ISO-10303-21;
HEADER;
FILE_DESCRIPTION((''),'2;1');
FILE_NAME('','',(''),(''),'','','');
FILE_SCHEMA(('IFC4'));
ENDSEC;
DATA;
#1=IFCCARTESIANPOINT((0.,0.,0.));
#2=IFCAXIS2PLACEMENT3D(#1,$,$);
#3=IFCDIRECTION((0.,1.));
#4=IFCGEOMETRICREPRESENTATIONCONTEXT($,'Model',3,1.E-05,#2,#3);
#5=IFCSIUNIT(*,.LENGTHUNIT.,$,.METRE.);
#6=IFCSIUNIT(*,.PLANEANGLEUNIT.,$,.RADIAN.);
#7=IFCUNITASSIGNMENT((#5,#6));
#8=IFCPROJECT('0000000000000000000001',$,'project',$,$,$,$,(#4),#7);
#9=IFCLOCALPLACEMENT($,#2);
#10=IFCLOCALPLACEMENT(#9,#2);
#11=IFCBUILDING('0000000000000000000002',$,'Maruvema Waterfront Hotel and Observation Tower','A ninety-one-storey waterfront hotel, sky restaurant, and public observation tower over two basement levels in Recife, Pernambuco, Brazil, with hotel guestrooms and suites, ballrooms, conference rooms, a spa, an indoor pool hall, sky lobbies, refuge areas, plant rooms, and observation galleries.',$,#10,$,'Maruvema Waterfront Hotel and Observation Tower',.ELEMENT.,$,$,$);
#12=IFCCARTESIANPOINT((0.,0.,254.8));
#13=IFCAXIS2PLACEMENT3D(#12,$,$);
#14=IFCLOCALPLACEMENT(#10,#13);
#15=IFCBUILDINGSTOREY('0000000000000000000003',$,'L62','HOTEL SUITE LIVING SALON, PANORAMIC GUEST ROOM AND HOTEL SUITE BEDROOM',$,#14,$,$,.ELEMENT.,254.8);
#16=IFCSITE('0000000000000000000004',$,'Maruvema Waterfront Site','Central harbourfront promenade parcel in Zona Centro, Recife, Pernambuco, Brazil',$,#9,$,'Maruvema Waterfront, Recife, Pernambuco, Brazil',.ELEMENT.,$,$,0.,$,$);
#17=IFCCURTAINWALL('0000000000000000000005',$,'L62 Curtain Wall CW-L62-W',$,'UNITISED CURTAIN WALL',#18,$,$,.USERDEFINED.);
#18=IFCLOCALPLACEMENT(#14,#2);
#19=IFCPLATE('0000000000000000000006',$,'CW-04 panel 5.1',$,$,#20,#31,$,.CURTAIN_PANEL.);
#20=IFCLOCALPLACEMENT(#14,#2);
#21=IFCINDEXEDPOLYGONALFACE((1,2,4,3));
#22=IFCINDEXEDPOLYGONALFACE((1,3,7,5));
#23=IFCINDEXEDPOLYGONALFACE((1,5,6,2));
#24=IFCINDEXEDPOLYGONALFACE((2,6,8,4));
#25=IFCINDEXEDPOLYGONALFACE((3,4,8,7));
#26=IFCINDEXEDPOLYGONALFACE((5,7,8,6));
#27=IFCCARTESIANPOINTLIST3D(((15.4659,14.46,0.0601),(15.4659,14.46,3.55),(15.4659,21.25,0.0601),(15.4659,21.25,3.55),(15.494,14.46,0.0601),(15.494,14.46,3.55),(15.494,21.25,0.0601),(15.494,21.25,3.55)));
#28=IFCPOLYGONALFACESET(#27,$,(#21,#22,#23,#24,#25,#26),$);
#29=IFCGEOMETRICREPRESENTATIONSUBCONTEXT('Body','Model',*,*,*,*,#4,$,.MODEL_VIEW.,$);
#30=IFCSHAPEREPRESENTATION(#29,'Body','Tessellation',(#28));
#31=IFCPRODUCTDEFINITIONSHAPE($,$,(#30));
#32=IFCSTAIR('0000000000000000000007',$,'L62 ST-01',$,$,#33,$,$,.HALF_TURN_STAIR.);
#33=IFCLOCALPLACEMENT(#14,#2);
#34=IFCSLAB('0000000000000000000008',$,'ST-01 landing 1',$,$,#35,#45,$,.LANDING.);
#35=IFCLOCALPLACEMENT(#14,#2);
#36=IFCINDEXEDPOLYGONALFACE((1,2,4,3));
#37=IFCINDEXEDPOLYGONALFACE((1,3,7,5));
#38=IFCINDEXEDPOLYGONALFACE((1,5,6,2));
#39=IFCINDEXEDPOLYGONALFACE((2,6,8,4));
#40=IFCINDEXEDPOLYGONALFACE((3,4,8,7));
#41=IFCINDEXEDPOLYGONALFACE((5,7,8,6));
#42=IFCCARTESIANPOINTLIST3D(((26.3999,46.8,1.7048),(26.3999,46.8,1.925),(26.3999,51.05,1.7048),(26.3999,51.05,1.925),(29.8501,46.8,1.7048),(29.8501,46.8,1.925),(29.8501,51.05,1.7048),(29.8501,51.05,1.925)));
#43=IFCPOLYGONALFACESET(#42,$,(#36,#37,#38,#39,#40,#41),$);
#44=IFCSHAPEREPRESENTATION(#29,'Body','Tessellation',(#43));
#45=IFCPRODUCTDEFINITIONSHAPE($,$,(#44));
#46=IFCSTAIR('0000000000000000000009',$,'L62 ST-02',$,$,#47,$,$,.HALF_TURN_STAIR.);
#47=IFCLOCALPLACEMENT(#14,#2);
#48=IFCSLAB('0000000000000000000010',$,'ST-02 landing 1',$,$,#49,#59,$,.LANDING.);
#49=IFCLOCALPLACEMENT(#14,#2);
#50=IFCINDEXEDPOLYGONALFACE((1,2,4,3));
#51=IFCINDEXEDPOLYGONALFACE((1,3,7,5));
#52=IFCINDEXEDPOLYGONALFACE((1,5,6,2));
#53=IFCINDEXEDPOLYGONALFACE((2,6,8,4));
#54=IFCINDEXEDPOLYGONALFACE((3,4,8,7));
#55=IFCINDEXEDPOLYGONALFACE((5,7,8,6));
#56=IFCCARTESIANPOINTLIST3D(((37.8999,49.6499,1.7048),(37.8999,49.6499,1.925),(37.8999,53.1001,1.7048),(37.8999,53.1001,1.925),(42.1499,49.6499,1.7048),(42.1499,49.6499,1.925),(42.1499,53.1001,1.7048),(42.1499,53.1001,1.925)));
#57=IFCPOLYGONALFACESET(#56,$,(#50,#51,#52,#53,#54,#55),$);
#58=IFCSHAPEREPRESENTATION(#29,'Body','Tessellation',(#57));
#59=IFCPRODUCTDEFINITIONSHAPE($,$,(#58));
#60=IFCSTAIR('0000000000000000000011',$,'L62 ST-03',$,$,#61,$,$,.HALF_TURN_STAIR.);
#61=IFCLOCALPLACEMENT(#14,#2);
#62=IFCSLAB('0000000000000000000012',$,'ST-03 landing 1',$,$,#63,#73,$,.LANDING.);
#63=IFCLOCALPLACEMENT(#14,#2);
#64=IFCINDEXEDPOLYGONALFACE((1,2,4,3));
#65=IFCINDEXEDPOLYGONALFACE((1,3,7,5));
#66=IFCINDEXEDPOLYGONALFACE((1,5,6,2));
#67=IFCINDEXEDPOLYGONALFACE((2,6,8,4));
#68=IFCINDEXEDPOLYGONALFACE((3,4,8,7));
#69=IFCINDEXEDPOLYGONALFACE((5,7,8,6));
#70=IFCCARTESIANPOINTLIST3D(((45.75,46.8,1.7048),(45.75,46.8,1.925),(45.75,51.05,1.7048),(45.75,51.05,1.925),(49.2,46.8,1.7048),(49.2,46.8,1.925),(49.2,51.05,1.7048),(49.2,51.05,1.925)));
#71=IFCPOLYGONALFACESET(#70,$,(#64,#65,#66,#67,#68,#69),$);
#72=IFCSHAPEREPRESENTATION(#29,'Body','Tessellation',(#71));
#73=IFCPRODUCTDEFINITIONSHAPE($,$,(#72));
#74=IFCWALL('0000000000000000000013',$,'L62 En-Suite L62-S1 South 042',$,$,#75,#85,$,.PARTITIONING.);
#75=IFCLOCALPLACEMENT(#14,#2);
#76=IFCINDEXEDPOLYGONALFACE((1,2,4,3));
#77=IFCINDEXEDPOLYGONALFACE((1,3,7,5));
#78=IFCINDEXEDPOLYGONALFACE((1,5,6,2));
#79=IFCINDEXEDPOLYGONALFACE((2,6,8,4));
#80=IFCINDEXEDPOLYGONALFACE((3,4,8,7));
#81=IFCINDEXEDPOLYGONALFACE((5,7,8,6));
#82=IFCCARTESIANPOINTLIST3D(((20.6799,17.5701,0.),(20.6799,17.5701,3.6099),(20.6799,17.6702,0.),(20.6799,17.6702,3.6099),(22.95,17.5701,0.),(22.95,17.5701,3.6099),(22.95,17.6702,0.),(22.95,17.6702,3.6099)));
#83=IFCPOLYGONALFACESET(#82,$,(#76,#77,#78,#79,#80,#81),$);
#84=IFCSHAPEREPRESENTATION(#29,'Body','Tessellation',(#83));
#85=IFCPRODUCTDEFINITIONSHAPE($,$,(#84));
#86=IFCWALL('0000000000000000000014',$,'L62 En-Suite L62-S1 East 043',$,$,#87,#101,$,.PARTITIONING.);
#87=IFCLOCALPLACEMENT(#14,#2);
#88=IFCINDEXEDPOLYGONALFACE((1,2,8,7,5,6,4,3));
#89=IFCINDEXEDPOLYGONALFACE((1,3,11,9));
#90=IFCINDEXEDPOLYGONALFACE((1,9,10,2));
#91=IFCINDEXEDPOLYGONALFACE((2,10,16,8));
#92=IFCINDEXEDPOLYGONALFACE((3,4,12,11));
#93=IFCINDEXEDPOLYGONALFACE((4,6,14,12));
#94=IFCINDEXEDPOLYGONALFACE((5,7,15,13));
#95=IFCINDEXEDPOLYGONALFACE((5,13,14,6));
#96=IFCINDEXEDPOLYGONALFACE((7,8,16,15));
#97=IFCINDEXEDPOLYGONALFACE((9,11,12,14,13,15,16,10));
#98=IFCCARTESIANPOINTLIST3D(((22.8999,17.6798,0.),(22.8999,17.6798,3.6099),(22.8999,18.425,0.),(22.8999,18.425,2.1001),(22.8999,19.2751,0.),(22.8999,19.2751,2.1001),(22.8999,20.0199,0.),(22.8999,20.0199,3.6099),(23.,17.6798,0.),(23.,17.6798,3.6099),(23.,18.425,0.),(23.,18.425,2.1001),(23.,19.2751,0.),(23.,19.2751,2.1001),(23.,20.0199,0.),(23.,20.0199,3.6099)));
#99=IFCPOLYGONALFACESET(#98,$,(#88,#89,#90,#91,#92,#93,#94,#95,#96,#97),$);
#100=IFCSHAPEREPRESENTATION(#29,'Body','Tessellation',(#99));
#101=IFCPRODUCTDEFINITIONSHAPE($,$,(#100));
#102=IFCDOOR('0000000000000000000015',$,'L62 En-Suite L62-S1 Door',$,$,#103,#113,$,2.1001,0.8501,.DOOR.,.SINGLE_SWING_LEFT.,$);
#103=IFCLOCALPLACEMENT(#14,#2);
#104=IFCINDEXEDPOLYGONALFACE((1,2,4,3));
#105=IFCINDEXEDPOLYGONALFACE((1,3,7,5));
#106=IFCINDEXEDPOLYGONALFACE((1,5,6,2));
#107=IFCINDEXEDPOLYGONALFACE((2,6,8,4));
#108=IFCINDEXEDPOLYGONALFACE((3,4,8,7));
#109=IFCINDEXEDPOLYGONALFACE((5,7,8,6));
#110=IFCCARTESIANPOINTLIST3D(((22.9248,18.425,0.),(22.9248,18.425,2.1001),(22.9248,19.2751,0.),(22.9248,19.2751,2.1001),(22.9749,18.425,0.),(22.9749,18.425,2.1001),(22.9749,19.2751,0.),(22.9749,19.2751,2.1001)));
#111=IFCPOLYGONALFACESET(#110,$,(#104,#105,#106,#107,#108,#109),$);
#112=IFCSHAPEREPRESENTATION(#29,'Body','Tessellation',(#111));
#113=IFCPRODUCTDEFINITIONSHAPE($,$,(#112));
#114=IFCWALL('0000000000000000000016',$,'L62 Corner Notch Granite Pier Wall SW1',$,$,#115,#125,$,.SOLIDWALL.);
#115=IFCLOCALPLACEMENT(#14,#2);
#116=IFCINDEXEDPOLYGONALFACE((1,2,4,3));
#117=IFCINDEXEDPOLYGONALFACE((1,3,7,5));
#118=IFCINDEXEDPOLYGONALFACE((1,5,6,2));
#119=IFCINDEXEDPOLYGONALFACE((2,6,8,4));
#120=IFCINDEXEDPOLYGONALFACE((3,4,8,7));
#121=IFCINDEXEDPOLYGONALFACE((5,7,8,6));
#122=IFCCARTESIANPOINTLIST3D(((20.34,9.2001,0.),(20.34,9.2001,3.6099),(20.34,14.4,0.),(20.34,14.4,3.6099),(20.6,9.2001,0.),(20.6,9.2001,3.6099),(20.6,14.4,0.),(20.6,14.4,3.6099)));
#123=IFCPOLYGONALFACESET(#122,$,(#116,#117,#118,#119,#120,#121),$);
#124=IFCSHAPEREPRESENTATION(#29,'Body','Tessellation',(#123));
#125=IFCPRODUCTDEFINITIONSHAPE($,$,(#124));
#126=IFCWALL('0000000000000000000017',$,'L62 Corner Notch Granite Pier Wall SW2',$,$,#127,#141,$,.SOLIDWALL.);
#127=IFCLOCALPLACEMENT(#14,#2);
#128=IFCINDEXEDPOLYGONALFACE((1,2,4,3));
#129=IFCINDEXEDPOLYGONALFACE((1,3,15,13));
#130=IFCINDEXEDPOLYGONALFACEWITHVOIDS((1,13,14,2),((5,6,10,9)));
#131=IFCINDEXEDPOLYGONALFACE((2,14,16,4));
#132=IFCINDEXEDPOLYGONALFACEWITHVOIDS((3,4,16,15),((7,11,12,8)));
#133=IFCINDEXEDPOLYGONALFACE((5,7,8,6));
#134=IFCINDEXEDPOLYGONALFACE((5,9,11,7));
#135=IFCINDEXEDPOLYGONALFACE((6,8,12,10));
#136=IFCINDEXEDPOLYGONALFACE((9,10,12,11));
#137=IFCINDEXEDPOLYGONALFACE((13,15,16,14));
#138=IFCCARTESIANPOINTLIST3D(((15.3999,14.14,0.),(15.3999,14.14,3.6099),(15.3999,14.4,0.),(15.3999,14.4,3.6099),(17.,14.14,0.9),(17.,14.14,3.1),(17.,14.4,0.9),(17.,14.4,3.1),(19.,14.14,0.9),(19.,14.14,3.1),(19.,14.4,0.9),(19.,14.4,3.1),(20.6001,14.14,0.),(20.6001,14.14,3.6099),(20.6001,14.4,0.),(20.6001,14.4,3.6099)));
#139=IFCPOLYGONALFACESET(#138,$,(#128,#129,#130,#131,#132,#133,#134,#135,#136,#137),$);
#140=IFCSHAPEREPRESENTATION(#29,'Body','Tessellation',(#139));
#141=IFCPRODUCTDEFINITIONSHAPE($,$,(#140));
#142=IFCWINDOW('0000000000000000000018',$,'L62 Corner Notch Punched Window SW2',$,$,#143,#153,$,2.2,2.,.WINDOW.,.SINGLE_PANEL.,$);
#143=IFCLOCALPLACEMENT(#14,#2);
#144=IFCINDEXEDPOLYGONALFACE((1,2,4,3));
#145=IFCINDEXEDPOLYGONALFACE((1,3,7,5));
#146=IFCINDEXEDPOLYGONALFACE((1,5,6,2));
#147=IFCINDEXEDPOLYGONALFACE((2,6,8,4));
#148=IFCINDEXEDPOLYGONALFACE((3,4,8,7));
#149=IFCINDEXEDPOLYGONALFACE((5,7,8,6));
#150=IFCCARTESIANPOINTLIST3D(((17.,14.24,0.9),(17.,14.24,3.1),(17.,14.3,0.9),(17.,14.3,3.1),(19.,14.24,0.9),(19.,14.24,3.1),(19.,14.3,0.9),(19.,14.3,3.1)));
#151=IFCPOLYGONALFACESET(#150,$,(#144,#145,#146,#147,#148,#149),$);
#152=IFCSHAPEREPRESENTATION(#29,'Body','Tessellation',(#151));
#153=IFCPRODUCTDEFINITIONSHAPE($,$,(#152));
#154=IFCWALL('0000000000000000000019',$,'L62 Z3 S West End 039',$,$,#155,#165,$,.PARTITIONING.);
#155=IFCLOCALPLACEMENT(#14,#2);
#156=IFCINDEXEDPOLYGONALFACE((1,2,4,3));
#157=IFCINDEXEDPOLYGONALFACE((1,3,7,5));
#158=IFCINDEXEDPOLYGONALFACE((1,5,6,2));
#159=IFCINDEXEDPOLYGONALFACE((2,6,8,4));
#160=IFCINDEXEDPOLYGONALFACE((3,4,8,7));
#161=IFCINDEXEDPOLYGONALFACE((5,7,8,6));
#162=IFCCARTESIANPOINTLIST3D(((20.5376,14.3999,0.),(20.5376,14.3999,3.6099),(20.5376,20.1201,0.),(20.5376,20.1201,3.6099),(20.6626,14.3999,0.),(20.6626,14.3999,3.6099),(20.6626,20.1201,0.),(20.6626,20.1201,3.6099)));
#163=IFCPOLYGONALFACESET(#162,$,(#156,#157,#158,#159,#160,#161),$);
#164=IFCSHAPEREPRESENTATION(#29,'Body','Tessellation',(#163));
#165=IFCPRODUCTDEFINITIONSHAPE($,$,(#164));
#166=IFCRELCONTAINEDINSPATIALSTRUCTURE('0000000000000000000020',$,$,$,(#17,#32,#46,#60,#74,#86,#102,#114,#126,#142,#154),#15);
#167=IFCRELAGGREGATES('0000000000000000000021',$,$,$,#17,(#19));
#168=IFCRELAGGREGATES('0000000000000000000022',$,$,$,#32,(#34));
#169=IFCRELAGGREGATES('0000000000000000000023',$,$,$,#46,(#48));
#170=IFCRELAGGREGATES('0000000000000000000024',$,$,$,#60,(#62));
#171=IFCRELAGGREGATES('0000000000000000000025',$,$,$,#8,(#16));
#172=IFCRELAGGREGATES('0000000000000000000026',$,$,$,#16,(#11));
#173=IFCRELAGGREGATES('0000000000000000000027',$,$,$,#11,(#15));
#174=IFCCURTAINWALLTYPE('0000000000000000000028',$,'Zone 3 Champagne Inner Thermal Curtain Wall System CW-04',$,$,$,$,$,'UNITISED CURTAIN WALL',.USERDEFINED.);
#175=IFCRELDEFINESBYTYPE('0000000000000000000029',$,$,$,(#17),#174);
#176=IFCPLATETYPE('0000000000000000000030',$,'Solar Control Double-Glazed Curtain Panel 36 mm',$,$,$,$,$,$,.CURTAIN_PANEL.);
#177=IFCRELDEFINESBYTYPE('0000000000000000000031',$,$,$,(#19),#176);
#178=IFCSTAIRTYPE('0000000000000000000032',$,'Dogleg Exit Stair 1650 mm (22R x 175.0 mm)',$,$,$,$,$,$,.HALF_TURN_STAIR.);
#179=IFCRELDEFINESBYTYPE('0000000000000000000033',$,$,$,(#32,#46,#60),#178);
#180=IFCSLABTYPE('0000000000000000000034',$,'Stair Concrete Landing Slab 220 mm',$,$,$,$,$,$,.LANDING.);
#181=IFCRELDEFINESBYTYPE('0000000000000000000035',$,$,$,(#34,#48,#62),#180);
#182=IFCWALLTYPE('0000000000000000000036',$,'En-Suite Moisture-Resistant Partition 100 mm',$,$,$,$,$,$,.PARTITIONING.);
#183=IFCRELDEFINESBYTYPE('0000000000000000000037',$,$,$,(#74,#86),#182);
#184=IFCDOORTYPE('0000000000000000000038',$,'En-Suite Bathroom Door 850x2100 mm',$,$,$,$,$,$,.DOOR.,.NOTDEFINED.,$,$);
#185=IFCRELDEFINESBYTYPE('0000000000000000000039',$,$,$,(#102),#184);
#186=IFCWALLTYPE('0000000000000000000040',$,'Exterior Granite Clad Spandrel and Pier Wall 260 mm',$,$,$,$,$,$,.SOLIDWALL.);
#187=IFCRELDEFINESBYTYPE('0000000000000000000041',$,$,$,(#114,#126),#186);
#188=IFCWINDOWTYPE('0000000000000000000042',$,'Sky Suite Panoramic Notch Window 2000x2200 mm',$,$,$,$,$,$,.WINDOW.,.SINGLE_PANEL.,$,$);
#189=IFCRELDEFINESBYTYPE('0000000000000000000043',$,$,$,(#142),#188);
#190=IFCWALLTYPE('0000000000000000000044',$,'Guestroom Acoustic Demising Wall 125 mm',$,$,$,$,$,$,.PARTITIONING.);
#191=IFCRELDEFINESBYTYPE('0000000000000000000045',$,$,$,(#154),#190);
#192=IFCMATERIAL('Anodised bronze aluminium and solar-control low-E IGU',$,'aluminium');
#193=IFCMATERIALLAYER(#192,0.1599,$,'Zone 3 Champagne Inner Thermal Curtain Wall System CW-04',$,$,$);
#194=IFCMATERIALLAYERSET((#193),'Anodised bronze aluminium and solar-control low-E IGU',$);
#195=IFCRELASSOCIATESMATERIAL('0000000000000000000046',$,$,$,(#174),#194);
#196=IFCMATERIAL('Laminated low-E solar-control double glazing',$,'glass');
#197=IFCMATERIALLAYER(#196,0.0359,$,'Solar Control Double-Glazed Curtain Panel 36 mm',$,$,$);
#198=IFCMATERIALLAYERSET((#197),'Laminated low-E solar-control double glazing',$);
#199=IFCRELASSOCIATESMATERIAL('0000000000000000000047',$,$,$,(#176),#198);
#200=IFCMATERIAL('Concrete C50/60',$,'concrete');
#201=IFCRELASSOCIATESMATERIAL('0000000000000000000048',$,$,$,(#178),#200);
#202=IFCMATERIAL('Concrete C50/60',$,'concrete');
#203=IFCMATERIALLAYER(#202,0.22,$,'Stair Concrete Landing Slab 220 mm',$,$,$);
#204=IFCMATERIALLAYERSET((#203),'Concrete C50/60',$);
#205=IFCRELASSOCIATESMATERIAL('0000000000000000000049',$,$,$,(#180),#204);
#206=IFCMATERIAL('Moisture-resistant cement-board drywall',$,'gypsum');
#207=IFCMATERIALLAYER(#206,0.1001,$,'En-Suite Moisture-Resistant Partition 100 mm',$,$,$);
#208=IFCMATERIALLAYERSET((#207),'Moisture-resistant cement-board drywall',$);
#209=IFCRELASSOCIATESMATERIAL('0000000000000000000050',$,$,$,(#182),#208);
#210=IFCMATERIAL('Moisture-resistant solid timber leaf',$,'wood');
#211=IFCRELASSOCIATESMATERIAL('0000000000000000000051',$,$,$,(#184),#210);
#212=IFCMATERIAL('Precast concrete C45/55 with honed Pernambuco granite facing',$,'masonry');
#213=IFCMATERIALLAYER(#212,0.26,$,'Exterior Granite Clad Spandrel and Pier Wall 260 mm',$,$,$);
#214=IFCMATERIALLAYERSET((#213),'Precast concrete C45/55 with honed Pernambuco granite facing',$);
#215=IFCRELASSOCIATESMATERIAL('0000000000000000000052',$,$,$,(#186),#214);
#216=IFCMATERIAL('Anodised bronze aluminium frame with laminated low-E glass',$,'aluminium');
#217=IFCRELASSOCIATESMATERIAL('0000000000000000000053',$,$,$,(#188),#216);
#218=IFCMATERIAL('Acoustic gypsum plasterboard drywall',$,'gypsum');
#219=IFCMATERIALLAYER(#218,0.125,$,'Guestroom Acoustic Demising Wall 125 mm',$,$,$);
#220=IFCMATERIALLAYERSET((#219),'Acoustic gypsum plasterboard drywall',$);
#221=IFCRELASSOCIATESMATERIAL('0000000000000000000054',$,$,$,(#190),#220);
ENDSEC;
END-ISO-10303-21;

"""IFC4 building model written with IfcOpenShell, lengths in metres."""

from ifc_helpers import new_model, si_unit, direction, frame, frame_2d, origin, origin_2d, place, context, subcontext, project, spatial, polyline, rectangle, outline, extrude, material, layer, layer_set, type_object, element, fill, aggregate, save


model = new_model("IFC4")

# Units and contexts
model_context = context("Model", 3, precision=1e-05, world=origin(), true_north=direction((0.0, 1.0)))
body_context = subcontext(model_context, "Body", "Model", "MODEL_VIEW")
ifc_project = project(units=[si_unit("LENGTHUNIT", "METRE"), si_unit("PLANEANGLEUNIT", "RADIAN")], contexts=[model_context])

# Site, building, storey
site_placement = place(None, origin())
site = spatial("IfcSite", under=ifc_project, at=site_placement, Name="Maruvema Waterfront Site", Description="Central harbourfront promenade parcel in Zona Centro, Recife, Pernambuco, Brazil", LongName="Maruvema Waterfront, Recife, Pernambuco, Brazil", CompositionType="ELEMENT", RefElevation=0.0)
building_placement = place(site_placement, origin())
building = spatial("IfcBuilding", under=site, at=building_placement, Name="Maruvema Waterfront Hotel and Observation Tower", Description="A ninety-one-storey waterfront hotel, sky restaurant, and public observation tower over two basement levels in Recife, Pernambuco, Brazil, with hotel guestrooms and suites, ballrooms, conference rooms, a spa, an indoor pool hall, sky lobbies, refuge areas, plant rooms, and observation galleries.", LongName="Maruvema Waterfront Hotel and Observation Tower", CompositionType="ELEMENT")
storey_placement = place(building_placement, frame((0.0, 0.0, 254.8)))
storey = spatial("IfcBuildingStorey", under=building, at=storey_placement, Name="L62", Description="HOTEL SUITE LIVING SALON, PANORAMIC GUEST ROOM AND HOTEL SUITE BEDROOM", CompositionType="ELEMENT", Elevation=254.8)

# Shared definitions
ifc_material_1 = material(Name="Anodised bronze aluminium and solar-control low-E IGU", Category="aluminium")
ifc_layer_1 = layer(ifc_material_1, 0.1599, Name="Zone 3 Champagne Inner Thermal Curtain Wall System CW-04")
ifc_layer_set_1 = layer_set([ifc_layer_1], Name="Anodised bronze aluminium and solar-control low-E IGU")
curtain_wall_type = type_object("IfcCurtainWallType", Name="Zone 3 Champagne Inner Thermal Curtain Wall System CW-04", ElementType="UNITISED CURTAIN WALL", PredefinedType="USERDEFINED", material=ifc_layer_set_1)

# Curtain wall
curtain_wall_1_placement = place(storey_placement, origin())
curtain_wall_1 = element("IfcCurtainWall", 1, at=curtain_wall_1_placement, inside=storey, type_object=curtain_wall_type, Name="L62 Curtain Wall CW-L62-W", ObjectType="UNITISED CURTAIN WALL", PredefinedType="USERDEFINED")

# Plate
ifc_material_2 = material(Name="Laminated low-E solar-control double glazing", Category="glass")
ifc_layer_2 = layer(ifc_material_2, 0.0359, Name="Solar Control Double-Glazed Curtain Panel 36 mm")
ifc_layer_set_2 = layer_set([ifc_layer_2], Name="Laminated low-E solar-control double glazing")
plate_type = type_object("IfcPlateType", Name="Solar Control Double-Glazed Curtain Panel 36 mm", PredefinedType="CURTAIN_PANEL", material=ifc_layer_set_2)
plate_1_placement = place(storey_placement, frame((15.48, 17.855, 0.0601), z_axis=(0.0, 0.0, 1.0), x_axis=(0.0, -1.0, 0.0)))
plate_1 = element("IfcPlate", 2, at=plate_1_placement, type_object=plate_type, Name="CW-04 panel 5.1", PredefinedType="CURTAIN_PANEL", context=body_context, shape_type="SweptSolid", body=[
    extrude(rectangle(XDim=6.79, YDim=0.0281, at=origin_2d()), origin(), (0.0, 0.0, 1.0), 3.49),
])
aggregate(curtain_wall_1, [plate_1])

# Stairs, slabs
ifc_material_3 = material(Name="Concrete C50/60", Category="concrete")
stair_type = type_object("IfcStairType", Name="Dogleg Exit Stair 1650 mm (22R x 175.0 mm)", PredefinedType="HALF_TURN_STAIR", material=ifc_material_3)
stair_1_placement = place(storey_placement, origin())
stair_1 = element("IfcStair", 3, at=stair_1_placement, inside=storey, type_object=stair_type, Name="L62 ST-01", PredefinedType="HALF_TURN_STAIR")
ifc_material_4 = material(Name="Concrete C50/60", Category="concrete")
ifc_layer_3 = layer(ifc_material_4, 0.22, Name="Stair Concrete Landing Slab 220 mm")
ifc_layer_set_3 = layer_set([ifc_layer_3], Name="Concrete C50/60")
slab_type_1 = type_object("IfcSlabType", Name="Stair Concrete Landing Slab 220 mm", PredefinedType="LANDING", material=ifc_layer_set_3)
slab_1_placement = place(storey_placement, frame((0.0, 0.0, 1.7048)))
slab_1 = element("IfcSlab", 4, at=slab_1_placement, type_object=slab_type_1, Name="ST-01 landing 1", PredefinedType="LANDING", context=body_context, shape_type="SweptSolid", body=[
    extrude(outline(polyline([(29.8501, 46.8), (29.8501, 51.05), (26.3999, 51.05), (26.3999, 46.8), (29.8501, 46.8)])), origin(), (0.0, 0.0, 1.0), 0.2202),
])
aggregate(stair_1, [slab_1])
stair_2_placement = place(storey_placement, origin())
stair_2 = element("IfcStair", 5, at=stair_2_placement, inside=storey, type_object=stair_type, Name="L62 ST-02", PredefinedType="HALF_TURN_STAIR")
slab_2_placement = place(storey_placement, frame((0.0, 0.0, 1.7048)))
slab_2 = element("IfcSlab", 6, at=slab_2_placement, type_object=slab_type_1, Name="ST-02 landing 1", PredefinedType="LANDING", context=body_context, shape_type="SweptSolid", body=[
    extrude(outline(polyline([(37.8999, 49.6499), (42.1499, 49.6499), (42.1499, 53.1001), (37.8999, 53.1001), (37.8999, 49.6499)])), origin(), (0.0, 0.0, 1.0), 0.2202),
])
aggregate(stair_2, [slab_2])
stair_3_placement = place(storey_placement, origin())
stair_3 = element("IfcStair", 7, at=stair_3_placement, inside=storey, type_object=stair_type, Name="L62 ST-03", PredefinedType="HALF_TURN_STAIR")
slab_3_placement = place(storey_placement, frame((0.0, 0.0, 1.7048)))
slab_3 = element("IfcSlab", 8, at=slab_3_placement, type_object=slab_type_1, Name="ST-03 landing 1", PredefinedType="LANDING", context=body_context, shape_type="SweptSolid", body=[
    extrude(outline(polyline([(49.2, 46.8), (49.2, 51.05), (45.75, 51.05), (45.75, 46.8), (49.2, 46.8)])), origin(), (0.0, 0.0, 1.0), 0.2202),
])
aggregate(stair_3, [slab_3])

# Wall
ifc_material_5 = material(Name="Moisture-resistant cement-board drywall", Category="gypsum")
ifc_layer_4 = layer(ifc_material_5, 0.1001, Name="En-Suite Moisture-Resistant Partition 100 mm")
ifc_layer_set_4 = layer_set([ifc_layer_4], Name="Moisture-resistant cement-board drywall")
wall_type_1 = type_object("IfcWallType", Name="En-Suite Moisture-Resistant Partition 100 mm", PredefinedType="PARTITIONING", material=ifc_layer_set_4)
wall_1_placement = place(storey_placement, frame((20.6799, 17.6201, 0.0), z_axis=(0.0, 0.0, 1.0), x_axis=(1.0, 0.0, 0.0)))
element("IfcWall", 9, at=wall_1_placement, inside=storey, type_object=wall_type_1, Name="L62 En-Suite L62-S1 South 042", PredefinedType="PARTITIONING", context=body_context, shape_type="SweptSolid", body=[
    extrude(rectangle(XDim=2.27, YDim=0.1001, at=frame_2d((1.135, 0.0))), origin(), (0.0, 0.0, 1.0), 3.6099),
])

# Wall, opening, door
wall_2_placement = place(storey_placement, frame((22.95, 17.6799, 0.0), z_axis=(0.0, 0.0, 1.0), x_axis=(0.0, 1.0, 0.0)))
wall_2 = element("IfcWall", 10, at=wall_2_placement, inside=storey, type_object=wall_type_1, Name="L62 En-Suite L62-S1 East 043", PredefinedType="PARTITIONING", context=body_context, shape_type="SweptSolid", body=[
    extrude(rectangle(XDim=2.3401, YDim=0.1001, at=frame_2d((1.1699, 0.0))), origin(), (0.0, 0.0, 1.0), 3.6099),
])
opening_1_placement = place(wall_2_placement, frame((0.7451, 0.0, 0.0)))
opening_1 = element("IfcOpeningElement", 11, at=opening_1_placement, cuts=wall_2, PredefinedType="OPENING", context=body_context, shape_type="SweptSolid", body=[
    extrude(rectangle(XDim=0.8501, YDim=2.1001, at=frame_2d((0.425, 1.05))), frame((0.0, 0.0601, 0.0), z_axis=(0.0, -1.0, 0.0), x_axis=(1.0, 0.0, 0.0)), (0.0, 0.0, 1.0), 0.1201),
])
ifc_material_6 = material(Name="Moisture-resistant solid timber leaf", Category="wood")
door_type = type_object("IfcDoorType", Name="En-Suite Bathroom Door 850x2100 mm", OperationType="NOTDEFINED", PredefinedType="DOOR", material=ifc_material_6)
door_placement = place(opening_1_placement, frame((0.8501, 0.0, 0.0), z_axis=(0.0, 0.0, 1.0), x_axis=(-1.0, 0.0, 0.0)))
door = element("IfcDoor", 12, at=door_placement, inside=storey, type_object=door_type, Name="L62 En-Suite L62-S1 Door", OperationType="SINGLE_SWING_LEFT", OverallHeight=2.1001, OverallWidth=0.8501, PredefinedType="DOOR", context=body_context, shape_type="SweptSolid", body=[
    extrude(rectangle(XDim=0.8501, YDim=2.1001, at=frame_2d((0.425, 1.05))), frame((0.0, 0.0249, 0.0), z_axis=(0.0, -1.0, 0.0), x_axis=(1.0, 0.0, 0.0)), (0.0, 0.0, 1.0), 0.05),
])
fill(opening_1, door)

# Wall
ifc_material_7 = material(Name="Precast concrete C45/55 with honed Pernambuco granite facing", Category="masonry")
ifc_layer_5 = layer(ifc_material_7, 0.26, Name="Exterior Granite Clad Spandrel and Pier Wall 260 mm")
ifc_layer_set_5 = layer_set([ifc_layer_5], Name="Precast concrete C45/55 with honed Pernambuco granite facing")
wall_type_2 = type_object("IfcWallType", Name="Exterior Granite Clad Spandrel and Pier Wall 260 mm", PredefinedType="SOLIDWALL", material=ifc_layer_set_5)
wall_3_placement = place(storey_placement, frame((20.47, 9.2, 0.0), z_axis=(0.0, 0.0, 1.0), x_axis=(0.0, 1.0, 0.0)))
element("IfcWall", 13, at=wall_3_placement, inside=storey, type_object=wall_type_2, Name="L62 Corner Notch Granite Pier Wall SW1", PredefinedType="SOLIDWALL", context=body_context, shape_type="SweptSolid", body=[
    extrude(rectangle(XDim=5.2, YDim=0.26, at=frame_2d((2.6001, 0.0))), origin(), (0.0, 0.0, 1.0), 3.6099),
])

# Wall, opening, window
wall_4_placement = place(storey_placement, frame((20.6001, 14.27, 0.0), z_axis=(0.0, 0.0, 1.0), x_axis=(-1.0, 0.0, 0.0)))
wall_4 = element("IfcWall", 14, at=wall_4_placement, inside=storey, type_object=wall_type_2, Name="L62 Corner Notch Granite Pier Wall SW2", PredefinedType="SOLIDWALL", context=body_context, shape_type="SweptSolid", body=[
    extrude(rectangle(XDim=5.2002, YDim=0.26, at=frame_2d((2.6001, 0.0))), origin(), (0.0, 0.0, 1.0), 3.6099),
])
opening_2_placement = place(wall_4_placement, frame((1.6001, 0.0, 0.8999)))
opening_2 = element("IfcOpeningElement", 15, at=opening_2_placement, cuts=wall_4, PredefinedType="OPENING", context=body_context, shape_type="SweptSolid", body=[
    extrude(rectangle(XDim=2.0, YDim=2.2, at=frame_2d((1.0, 1.1001))), frame((0.0, 0.1401, 0.0), z_axis=(0.0, -1.0, 0.0), x_axis=(1.0, 0.0, 0.0)), (0.0, 0.0, 1.0), 0.28),
])
ifc_material_8 = material(Name="Anodised bronze aluminium frame with laminated low-E glass", Category="aluminium")
window_type = type_object("IfcWindowType", Name="Sky Suite Panoramic Notch Window 2000x2200 mm", PartitioningType="SINGLE_PANEL", PredefinedType="WINDOW", material=ifc_material_8)
window_placement = place(opening_2_placement, origin())
window = element("IfcWindow", 16, at=window_placement, inside=storey, type_object=window_type, Name="L62 Corner Notch Punched Window SW2", OverallHeight=2.2, OverallWidth=2.0, PartitioningType="SINGLE_PANEL", PredefinedType="WINDOW", context=body_context, shape_type="SweptSolid", body=[
    extrude(rectangle(XDim=2.0, YDim=2.2, at=frame_2d((1.0, 1.1001))), frame((0.0, 0.03, 0.0), z_axis=(0.0, -1.0, 0.0), x_axis=(1.0, 0.0, 0.0)), (0.0, 0.0, 1.0), 0.0601),
])
fill(opening_2, window)

# Wall
ifc_material_9 = material(Name="Acoustic gypsum plasterboard drywall", Category="gypsum")
ifc_layer_6 = layer(ifc_material_9, 0.125, Name="Guestroom Acoustic Demising Wall 125 mm")
ifc_layer_set_6 = layer_set([ifc_layer_6], Name="Acoustic gypsum plasterboard drywall")
wall_type_3 = type_object("IfcWallType", Name="Guestroom Acoustic Demising Wall 125 mm", PredefinedType="PARTITIONING", material=ifc_layer_set_6)
wall_5_placement = place(storey_placement, frame((20.6001, 14.3999, 0.0), z_axis=(0.0, 0.0, 1.0), x_axis=(0.0, 1.0, 0.0)))
element("IfcWall", 17, at=wall_5_placement, inside=storey, type_object=wall_type_3, Name="L62 Z3 S West End 039", PredefinedType="PARTITIONING", context=body_context, shape_type="SweptSolid", body=[
    extrude(rectangle(XDim=5.7202, YDim=0.125, at=frame_2d((2.8601, 0.0))), origin(), (0.0, 0.0, 1.0), 3.6099),
])

save(model, "model.ifc")
